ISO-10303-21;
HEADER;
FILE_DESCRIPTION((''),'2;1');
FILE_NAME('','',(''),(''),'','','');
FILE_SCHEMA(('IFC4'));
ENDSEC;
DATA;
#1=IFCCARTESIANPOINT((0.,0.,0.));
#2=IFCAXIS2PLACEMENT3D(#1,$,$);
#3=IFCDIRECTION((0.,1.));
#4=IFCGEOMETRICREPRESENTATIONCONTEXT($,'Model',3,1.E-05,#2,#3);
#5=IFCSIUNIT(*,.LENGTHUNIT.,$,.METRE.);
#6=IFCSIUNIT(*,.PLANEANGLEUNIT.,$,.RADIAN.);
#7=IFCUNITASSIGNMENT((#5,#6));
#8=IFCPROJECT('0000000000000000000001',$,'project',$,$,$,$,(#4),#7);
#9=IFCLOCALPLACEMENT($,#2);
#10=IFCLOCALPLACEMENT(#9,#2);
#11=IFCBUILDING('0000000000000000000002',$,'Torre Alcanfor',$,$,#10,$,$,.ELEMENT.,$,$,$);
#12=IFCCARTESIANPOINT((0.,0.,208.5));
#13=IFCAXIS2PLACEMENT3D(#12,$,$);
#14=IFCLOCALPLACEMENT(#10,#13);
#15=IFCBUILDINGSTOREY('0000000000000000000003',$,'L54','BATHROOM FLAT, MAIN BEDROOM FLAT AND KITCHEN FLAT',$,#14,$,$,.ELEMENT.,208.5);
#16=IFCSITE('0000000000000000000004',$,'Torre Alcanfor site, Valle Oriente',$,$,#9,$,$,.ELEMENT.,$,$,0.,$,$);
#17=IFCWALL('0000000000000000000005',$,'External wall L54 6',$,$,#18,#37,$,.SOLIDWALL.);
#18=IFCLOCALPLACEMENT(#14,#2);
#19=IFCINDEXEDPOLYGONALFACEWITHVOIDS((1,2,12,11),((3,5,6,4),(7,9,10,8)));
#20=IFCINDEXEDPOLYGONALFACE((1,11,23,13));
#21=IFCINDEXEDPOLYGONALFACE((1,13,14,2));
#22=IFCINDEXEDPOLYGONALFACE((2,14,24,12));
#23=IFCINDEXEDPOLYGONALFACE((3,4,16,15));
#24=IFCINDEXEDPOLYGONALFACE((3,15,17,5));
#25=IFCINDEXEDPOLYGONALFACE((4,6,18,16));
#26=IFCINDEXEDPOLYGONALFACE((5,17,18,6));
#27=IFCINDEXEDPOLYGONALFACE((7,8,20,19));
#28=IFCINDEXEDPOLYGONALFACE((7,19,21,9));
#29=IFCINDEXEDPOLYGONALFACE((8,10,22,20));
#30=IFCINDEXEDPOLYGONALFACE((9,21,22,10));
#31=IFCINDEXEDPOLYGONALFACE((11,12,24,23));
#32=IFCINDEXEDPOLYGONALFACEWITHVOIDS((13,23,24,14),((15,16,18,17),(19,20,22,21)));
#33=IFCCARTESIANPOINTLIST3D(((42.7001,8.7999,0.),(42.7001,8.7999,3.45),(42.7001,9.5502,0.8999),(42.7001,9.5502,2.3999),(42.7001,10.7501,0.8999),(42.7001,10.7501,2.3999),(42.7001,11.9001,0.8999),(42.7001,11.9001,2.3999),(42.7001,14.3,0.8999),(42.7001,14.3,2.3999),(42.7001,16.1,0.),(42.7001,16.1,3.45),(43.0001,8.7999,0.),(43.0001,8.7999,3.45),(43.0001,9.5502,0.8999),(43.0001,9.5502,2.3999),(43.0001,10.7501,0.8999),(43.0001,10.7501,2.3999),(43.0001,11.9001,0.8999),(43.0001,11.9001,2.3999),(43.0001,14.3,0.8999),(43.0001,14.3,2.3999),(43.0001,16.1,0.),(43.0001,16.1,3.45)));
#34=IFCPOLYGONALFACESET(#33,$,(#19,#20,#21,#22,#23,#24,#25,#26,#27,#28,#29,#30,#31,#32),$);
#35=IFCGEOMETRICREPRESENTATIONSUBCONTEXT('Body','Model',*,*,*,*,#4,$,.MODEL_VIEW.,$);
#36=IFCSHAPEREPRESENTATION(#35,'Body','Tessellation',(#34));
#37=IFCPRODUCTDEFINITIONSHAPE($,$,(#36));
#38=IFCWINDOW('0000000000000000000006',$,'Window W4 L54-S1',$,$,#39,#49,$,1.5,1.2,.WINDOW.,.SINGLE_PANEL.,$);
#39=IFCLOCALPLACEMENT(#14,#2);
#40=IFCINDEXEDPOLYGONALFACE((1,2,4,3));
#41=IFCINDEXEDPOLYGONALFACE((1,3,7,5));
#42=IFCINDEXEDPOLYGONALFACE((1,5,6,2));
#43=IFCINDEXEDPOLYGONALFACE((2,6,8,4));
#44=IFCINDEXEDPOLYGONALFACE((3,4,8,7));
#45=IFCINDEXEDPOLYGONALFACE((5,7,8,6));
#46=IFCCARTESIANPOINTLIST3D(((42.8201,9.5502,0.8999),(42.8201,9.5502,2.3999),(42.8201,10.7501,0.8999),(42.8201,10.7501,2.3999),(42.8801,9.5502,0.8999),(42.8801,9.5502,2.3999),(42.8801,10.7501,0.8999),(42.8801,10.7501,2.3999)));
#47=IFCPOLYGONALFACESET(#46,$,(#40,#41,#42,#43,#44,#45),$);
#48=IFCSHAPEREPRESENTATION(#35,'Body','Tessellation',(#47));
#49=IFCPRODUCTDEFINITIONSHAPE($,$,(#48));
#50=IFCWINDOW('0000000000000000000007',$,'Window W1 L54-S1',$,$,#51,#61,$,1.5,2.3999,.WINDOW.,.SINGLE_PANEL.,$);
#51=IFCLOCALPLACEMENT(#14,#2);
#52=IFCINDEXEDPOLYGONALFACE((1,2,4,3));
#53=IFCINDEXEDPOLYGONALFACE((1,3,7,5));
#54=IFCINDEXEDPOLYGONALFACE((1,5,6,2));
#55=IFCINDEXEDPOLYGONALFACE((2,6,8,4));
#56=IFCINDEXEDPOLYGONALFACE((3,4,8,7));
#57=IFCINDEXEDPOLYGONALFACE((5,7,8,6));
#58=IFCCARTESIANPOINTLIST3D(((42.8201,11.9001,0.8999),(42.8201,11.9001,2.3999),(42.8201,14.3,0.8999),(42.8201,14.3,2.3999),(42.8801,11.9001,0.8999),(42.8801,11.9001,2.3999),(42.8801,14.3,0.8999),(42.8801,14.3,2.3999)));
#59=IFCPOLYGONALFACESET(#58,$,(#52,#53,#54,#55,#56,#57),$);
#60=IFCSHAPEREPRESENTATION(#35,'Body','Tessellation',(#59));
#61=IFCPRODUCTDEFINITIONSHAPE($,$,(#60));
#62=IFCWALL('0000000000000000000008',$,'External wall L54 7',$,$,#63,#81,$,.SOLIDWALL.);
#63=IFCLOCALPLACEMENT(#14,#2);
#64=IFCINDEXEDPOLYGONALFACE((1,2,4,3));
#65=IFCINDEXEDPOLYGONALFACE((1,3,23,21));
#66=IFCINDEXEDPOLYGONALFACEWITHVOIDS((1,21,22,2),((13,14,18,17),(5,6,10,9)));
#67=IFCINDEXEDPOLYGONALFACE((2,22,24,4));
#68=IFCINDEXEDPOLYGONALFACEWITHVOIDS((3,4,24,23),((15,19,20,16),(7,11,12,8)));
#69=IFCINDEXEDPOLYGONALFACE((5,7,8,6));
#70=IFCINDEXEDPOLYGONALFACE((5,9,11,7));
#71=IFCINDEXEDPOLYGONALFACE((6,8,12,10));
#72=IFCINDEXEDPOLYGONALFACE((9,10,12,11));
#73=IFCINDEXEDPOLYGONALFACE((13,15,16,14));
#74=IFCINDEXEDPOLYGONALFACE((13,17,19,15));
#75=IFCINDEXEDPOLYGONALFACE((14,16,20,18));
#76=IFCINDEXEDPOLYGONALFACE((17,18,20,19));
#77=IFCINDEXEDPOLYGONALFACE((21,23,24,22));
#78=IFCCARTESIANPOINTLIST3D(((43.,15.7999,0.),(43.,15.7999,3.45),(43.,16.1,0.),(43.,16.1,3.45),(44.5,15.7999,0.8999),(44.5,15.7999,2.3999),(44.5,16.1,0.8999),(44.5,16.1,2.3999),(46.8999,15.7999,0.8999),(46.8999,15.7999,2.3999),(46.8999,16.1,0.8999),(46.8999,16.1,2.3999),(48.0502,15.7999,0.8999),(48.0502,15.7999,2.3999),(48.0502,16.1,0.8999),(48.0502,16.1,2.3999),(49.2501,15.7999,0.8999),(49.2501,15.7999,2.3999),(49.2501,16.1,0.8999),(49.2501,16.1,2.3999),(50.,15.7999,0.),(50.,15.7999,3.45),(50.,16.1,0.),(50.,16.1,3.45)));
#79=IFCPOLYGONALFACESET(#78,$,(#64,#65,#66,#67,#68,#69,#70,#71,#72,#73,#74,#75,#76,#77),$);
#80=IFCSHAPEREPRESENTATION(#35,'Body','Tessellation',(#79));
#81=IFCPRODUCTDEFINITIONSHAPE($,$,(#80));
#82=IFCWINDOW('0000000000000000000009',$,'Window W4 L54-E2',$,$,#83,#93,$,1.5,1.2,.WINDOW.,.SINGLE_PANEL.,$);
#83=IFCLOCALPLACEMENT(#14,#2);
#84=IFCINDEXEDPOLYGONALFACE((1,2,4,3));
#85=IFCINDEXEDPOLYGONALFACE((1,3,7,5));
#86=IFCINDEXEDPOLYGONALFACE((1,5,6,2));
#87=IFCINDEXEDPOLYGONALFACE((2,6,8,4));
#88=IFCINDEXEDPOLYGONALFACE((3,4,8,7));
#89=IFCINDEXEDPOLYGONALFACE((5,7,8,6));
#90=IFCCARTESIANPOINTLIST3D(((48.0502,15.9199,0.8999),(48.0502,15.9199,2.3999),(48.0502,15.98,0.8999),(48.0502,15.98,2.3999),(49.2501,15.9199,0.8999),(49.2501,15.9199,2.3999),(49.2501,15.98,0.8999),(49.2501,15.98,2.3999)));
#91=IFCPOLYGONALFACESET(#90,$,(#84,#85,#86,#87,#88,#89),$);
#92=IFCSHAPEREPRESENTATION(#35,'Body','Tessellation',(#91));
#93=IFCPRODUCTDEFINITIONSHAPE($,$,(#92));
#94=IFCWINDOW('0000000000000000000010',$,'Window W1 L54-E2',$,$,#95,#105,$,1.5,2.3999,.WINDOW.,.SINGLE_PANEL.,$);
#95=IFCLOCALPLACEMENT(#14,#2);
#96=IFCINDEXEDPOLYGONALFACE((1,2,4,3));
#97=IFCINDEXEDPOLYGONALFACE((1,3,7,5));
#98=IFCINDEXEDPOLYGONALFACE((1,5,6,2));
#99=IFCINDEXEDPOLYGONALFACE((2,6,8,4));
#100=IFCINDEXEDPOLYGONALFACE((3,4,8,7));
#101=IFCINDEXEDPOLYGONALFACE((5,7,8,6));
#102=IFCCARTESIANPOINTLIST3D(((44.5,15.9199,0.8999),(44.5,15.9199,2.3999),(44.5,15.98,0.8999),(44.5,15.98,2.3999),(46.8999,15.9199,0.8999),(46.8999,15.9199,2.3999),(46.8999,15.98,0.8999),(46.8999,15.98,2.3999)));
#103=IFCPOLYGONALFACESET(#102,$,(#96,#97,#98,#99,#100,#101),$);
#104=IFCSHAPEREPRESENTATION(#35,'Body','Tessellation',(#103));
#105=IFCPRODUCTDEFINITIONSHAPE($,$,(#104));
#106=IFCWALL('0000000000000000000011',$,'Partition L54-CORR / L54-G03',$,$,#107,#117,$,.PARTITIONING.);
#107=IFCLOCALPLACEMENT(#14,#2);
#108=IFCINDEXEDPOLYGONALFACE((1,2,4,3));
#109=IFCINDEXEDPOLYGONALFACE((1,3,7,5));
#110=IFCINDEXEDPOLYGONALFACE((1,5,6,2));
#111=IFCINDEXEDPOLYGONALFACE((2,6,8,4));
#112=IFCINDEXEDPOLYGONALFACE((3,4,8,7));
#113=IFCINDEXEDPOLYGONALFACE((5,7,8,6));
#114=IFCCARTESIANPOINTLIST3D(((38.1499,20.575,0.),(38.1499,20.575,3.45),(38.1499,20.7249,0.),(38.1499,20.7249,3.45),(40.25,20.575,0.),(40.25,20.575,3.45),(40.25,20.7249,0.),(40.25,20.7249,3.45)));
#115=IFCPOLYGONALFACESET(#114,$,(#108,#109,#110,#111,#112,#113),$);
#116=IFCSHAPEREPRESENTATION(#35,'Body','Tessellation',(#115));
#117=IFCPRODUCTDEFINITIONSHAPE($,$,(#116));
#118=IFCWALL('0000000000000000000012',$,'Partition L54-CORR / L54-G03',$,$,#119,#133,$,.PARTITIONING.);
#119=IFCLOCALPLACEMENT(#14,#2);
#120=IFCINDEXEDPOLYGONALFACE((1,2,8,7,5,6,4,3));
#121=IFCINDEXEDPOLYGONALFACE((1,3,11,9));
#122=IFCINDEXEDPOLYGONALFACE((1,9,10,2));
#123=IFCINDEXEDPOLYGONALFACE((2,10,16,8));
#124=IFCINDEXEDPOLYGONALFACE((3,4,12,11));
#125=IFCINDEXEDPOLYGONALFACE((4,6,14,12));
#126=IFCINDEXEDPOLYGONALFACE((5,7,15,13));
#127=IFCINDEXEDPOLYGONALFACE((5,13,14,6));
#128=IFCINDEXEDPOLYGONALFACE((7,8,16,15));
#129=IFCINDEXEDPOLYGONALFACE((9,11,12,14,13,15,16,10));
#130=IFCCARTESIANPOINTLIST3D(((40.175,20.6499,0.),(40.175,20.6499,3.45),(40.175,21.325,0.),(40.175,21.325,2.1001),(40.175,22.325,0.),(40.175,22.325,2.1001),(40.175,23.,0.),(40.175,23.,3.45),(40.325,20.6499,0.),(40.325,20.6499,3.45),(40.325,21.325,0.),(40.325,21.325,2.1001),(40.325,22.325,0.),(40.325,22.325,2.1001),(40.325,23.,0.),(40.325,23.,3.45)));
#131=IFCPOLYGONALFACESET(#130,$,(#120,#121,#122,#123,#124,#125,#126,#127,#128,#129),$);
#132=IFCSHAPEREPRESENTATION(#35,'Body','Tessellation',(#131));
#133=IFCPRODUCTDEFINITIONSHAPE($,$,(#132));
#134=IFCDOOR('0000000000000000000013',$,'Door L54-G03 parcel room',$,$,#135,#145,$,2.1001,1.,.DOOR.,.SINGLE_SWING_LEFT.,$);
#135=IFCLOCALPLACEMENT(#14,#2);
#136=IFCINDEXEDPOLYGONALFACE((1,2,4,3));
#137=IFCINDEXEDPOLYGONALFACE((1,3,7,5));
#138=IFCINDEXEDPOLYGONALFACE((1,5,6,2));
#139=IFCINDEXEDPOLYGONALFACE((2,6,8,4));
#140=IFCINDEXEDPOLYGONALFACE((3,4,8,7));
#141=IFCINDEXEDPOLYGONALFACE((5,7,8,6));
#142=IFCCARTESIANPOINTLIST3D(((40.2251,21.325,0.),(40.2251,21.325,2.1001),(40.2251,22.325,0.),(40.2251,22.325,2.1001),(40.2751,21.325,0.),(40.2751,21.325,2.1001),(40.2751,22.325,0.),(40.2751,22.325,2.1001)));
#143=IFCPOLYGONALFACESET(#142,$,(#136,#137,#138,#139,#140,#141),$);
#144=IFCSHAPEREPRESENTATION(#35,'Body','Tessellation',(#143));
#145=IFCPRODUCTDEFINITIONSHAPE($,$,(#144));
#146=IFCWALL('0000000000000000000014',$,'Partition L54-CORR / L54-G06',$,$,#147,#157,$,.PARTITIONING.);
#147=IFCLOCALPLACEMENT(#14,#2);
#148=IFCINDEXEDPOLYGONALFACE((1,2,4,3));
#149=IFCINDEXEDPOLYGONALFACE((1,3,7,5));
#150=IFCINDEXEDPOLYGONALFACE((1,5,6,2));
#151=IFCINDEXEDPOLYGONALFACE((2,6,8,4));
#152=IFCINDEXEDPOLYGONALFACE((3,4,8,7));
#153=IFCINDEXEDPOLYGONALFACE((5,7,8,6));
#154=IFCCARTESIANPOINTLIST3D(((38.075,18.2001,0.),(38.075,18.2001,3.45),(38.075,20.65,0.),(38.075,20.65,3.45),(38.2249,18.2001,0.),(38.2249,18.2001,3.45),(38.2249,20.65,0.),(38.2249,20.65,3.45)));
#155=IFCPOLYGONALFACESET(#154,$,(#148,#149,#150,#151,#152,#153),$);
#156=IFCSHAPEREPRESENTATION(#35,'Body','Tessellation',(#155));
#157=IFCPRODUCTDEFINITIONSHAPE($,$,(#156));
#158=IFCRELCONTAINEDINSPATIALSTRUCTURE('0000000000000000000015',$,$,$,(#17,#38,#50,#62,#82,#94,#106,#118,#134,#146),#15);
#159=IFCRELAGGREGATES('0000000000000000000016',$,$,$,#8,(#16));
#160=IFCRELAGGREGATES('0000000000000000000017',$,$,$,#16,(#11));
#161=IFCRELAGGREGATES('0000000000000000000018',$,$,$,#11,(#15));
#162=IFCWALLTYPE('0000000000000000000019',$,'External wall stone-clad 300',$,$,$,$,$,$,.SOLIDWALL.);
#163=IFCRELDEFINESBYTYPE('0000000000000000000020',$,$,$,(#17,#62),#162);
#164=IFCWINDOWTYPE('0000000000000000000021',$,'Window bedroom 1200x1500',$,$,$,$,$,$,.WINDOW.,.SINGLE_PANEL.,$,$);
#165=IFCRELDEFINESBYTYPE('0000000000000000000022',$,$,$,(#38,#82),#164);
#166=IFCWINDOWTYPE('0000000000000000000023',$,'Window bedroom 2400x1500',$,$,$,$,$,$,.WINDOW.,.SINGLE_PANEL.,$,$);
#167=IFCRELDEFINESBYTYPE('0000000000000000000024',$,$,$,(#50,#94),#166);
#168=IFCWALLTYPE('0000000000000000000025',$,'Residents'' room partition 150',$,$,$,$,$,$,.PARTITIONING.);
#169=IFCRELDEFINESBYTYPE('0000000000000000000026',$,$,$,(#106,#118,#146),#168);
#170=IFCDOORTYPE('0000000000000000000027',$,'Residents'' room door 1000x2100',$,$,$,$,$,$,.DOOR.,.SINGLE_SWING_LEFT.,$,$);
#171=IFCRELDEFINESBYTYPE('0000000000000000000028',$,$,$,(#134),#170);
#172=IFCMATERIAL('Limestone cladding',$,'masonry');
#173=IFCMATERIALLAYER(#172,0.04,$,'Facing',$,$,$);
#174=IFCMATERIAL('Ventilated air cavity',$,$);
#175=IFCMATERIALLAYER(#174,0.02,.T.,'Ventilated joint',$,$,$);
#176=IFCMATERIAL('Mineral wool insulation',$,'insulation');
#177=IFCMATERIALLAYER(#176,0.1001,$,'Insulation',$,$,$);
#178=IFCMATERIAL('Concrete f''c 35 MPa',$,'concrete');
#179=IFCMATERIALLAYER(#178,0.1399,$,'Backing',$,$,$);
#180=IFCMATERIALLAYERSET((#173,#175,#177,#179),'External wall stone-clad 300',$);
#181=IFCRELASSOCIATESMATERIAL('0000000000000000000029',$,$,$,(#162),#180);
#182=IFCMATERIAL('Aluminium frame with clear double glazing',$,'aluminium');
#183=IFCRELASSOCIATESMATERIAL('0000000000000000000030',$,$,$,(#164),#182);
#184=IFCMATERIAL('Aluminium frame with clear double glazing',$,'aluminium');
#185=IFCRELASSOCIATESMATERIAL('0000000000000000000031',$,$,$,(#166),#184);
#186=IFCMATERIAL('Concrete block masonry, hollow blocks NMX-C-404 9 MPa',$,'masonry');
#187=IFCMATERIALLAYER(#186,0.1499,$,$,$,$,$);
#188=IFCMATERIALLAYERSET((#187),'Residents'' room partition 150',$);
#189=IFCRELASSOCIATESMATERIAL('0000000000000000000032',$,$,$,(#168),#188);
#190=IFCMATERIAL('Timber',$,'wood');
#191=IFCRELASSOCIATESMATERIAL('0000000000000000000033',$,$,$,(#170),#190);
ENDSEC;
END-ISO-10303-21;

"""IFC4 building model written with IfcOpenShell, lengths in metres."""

from ifc_helpers import new_model, si_unit, direction, frame, frame_2d, origin, place, context, subcontext, project, spatial, rectangle, extrude, material, layer, layer_set, type_object, element, fill, save


model = new_model("IFC4")

# Units and contexts
model_context = context("Model", 3, precision=1e-05, world=origin(), true_north=direction((0.0, 1.0)))
body_context = subcontext(model_context, "Body", "Model", "MODEL_VIEW")
ifc_project = project(units=[si_unit("LENGTHUNIT", "METRE"), si_unit("PLANEANGLEUNIT", "RADIAN")], contexts=[model_context])

# Site, building, storey
site_placement = place(None, origin())
site = spatial("IfcSite", under=ifc_project, at=site_placement, Name="Torre Alcanfor site, Valle Oriente", CompositionType="ELEMENT", RefElevation=0.0)
building_placement = place(site_placement, origin())
building = spatial("IfcBuilding", under=site, at=building_placement, Name="Torre Alcanfor", CompositionType="ELEMENT")
storey_placement = place(building_placement, frame((0.0, 0.0, 208.5)))
storey = spatial("IfcBuildingStorey", under=building, at=storey_placement, Name="L54", Description="BATHROOM FLAT, MAIN BEDROOM FLAT AND KITCHEN FLAT", CompositionType="ELEMENT", Elevation=208.5)

# Walls, openings, windows
ifc_material_1 = material(Name="Limestone cladding", Category="masonry")
ifc_layer_1 = layer(ifc_material_1, 0.04, Name="Facing")
ifc_material_2 = material(Name="Ventilated air cavity")
ifc_layer_2 = layer(ifc_material_2, 0.02, ventilated=True, Name="Ventilated joint")
ifc_material_3 = material(Name="Mineral wool insulation", Category="insulation")
ifc_layer_3 = layer(ifc_material_3, 0.1001, Name="Insulation")
ifc_material_4 = material(Name="Concrete f'c 35 MPa", Category="concrete")
ifc_layer_4 = layer(ifc_material_4, 0.1399, Name="Backing")
ifc_layer_set_1 = layer_set([ifc_layer_1, ifc_layer_2, ifc_layer_3, ifc_layer_4], Name="External wall stone-clad 300")
wall_type_1 = type_object("IfcWallType", Name="External wall stone-clad 300", PredefinedType="SOLIDWALL", material=ifc_layer_set_1)
wall_1_placement = place(storey_placement, frame((42.8501, 8.8, 0.0), z_axis=(0.0, 0.0, 1.0), x_axis=(0.0, 1.0, 0.0)))
wall_1 = element("IfcWall", 1, at=wall_1_placement, inside=storey, type_object=wall_type_1, Name="External wall L54 6", PredefinedType="SOLIDWALL", context=body_context, shape_type="SweptSolid", body=[
    extrude(rectangle(XDim=7.3, YDim=0.3, at=frame_2d((3.6499, 0.0))), origin(), (0.0, 0.0, 1.0), 3.45),
])
opening_1_placement = place(wall_1_placement, frame((3.1001, 0.0, 0.8999)))
opening_1 = element("IfcOpeningElement", 2, at=opening_1_placement, cuts=wall_1, PredefinedType="OPENING", context=body_context, shape_type="SweptSolid", body=[
    extrude(rectangle(XDim=2.3999, YDim=1.5, at=frame_2d((1.2, 0.75))), frame((0.0, 0.1599, 0.0), z_axis=(0.0, -1.0, 0.0), x_axis=(1.0, 0.0, 0.0)), (0.0, 0.0, 1.0), 0.3201),
])
opening_2_placement = place(wall_1_placement, frame((0.75, 0.0, 0.8999)))
opening_2 = element("IfcOpeningElement", 3, at=opening_2_placement, cuts=wall_1, PredefinedType="OPENING", context=body_context, shape_type="SweptSolid", body=[
    extrude(rectangle(XDim=1.2, YDim=1.5, at=frame_2d((0.6001, 0.75))), frame((0.0, 0.1599, 0.0), z_axis=(0.0, -1.0, 0.0), x_axis=(1.0, 0.0, 0.0)), (0.0, 0.0, 1.0), 0.3201),
])
ifc_material_5 = material(Name="Aluminium frame with clear double glazing", Category="aluminium")
window_type_1 = type_object("IfcWindowType", Name="Window bedroom 1200x1500", PartitioningType="SINGLE_PANEL", PredefinedType="WINDOW", material=ifc_material_5)
window_1_placement = place(opening_2_placement, origin())
window_1 = element("IfcWindow", 4, at=window_1_placement, inside=storey, type_object=window_type_1, Name="Window W4 L54-S1", OverallHeight=1.5, OverallWidth=1.2, PartitioningType="SINGLE_PANEL", PredefinedType="WINDOW", context=body_context, shape_type="SweptSolid", body=[
    extrude(rectangle(XDim=1.2, YDim=1.5, at=frame_2d((0.6001, 0.75))), frame((0.0, 0.03, 0.0), z_axis=(0.0, -1.0, 0.0), x_axis=(1.0, 0.0, 0.0)), (0.0, 0.0, 1.0), 0.0601),
])
fill(opening_2, window_1)
ifc_material_6 = material(Name="Aluminium frame with clear double glazing", Category="aluminium")
window_type_2 = type_object("IfcWindowType", Name="Window bedroom 2400x1500", PartitioningType="SINGLE_PANEL", PredefinedType="WINDOW", material=ifc_material_6)
window_2_placement = place(opening_1_placement, origin())
window_2 = element("IfcWindow", 5, at=window_2_placement, inside=storey, type_object=window_type_2, Name="Window W1 L54-S1", OverallHeight=1.5, OverallWidth=2.3999, PartitioningType="SINGLE_PANEL", PredefinedType="WINDOW", context=body_context, shape_type="SweptSolid", body=[
    extrude(rectangle(XDim=2.3999, YDim=1.5, at=frame_2d((1.2, 0.75))), frame((0.0, 0.03, 0.0), z_axis=(0.0, -1.0, 0.0), x_axis=(1.0, 0.0, 0.0)), (0.0, 0.0, 1.0), 0.0601),
])
fill(opening_1, window_2)
wall_2_placement = place(storey_placement, frame((43.0, 15.95, 0.0), z_axis=(0.0, 0.0, 1.0), x_axis=(1.0, 0.0, 0.0)))
wall_2 = element("IfcWall", 6, at=wall_2_placement, inside=storey, type_object=wall_type_1, Name="External wall L54 7", PredefinedType="SOLIDWALL", context=body_context, shape_type="SweptSolid", body=[
    extrude(rectangle(XDim=7.0, YDim=0.3, at=frame_2d((3.5, 0.0))), origin(), (0.0, 0.0, 1.0), 3.45),
])
opening_3_placement = place(wall_2_placement, frame((1.5, 0.0, 0.8999)))
opening_3 = element("IfcOpeningElement", 7, at=opening_3_placement, cuts=wall_2, PredefinedType="OPENING", context=body_context, shape_type="SweptSolid", body=[
    extrude(rectangle(XDim=2.3999, YDim=1.5, at=frame_2d((1.2, 0.75))), frame((0.0, 0.1599, 0.0), z_axis=(0.0, -1.0, 0.0), x_axis=(1.0, 0.0, 0.0)), (0.0, 0.0, 1.0), 0.3201),
])
opening_4_placement = place(wall_2_placement, frame((5.05, 0.0, 0.8999)))
opening_4 = element("IfcOpeningElement", 8, at=opening_4_placement, cuts=wall_2, PredefinedType="OPENING", context=body_context, shape_type="SweptSolid", body=[
    extrude(rectangle(XDim=1.2, YDim=1.5, at=frame_2d((0.6001, 0.75))), frame((0.0, 0.1599, 0.0), z_axis=(0.0, -1.0, 0.0), x_axis=(1.0, 0.0, 0.0)), (0.0, 0.0, 1.0), 0.3201),
])
window_3_placement = place(opening_4_placement, origin())
window_3 = element("IfcWindow", 9, at=window_3_placement, inside=storey, type_object=window_type_1, Name="Window W4 L54-E2", OverallHeight=1.5, OverallWidth=1.2, PartitioningType="SINGLE_PANEL", PredefinedType="WINDOW", context=body_context, shape_type="SweptSolid", body=[
    extrude(rectangle(XDim=1.2, YDim=1.5, at=frame_2d((0.6001, 0.75))), frame((0.0, 0.03, 0.0), z_axis=(0.0, -1.0, 0.0), x_axis=(1.0, 0.0, 0.0)), (0.0, 0.0, 1.0), 0.0601),
])
fill(opening_4, window_3)
window_4_placement = place(opening_3_placement, origin())
window_4 = element("IfcWindow", 10, at=window_4_placement, inside=storey, type_object=window_type_2, Name="Window W1 L54-E2", OverallHeight=1.5, OverallWidth=2.3999, PartitioningType="SINGLE_PANEL", PredefinedType="WINDOW", context=body_context, shape_type="SweptSolid", body=[
    extrude(rectangle(XDim=2.3999, YDim=1.5, at=frame_2d((1.2, 0.75))), frame((0.0, 0.03, 0.0), z_axis=(0.0, -1.0, 0.0), x_axis=(1.0, 0.0, 0.0)), (0.0, 0.0, 1.0), 0.0601),
])
fill(opening_3, window_4)

# Wall
ifc_material_7 = material(Name="Concrete block masonry, hollow blocks NMX-C-404 9 MPa", Category="masonry")
ifc_layer_5 = layer(ifc_material_7, 0.1499)
ifc_layer_set_2 = layer_set([ifc_layer_5], Name="Residents' room partition 150")
wall_type_2 = type_object("IfcWallType", Name="Residents' room partition 150", PredefinedType="PARTITIONING", material=ifc_layer_set_2)
wall_3_placement = place(storey_placement, frame((38.1499, 20.6499, 0.0), z_axis=(0.0, 0.0, 1.0), x_axis=(1.0, 0.0, 0.0)))
element("IfcWall", 11, at=wall_3_placement, inside=storey, type_object=wall_type_2, Name="Partition L54-CORR / L54-G03", PredefinedType="PARTITIONING", context=body_context, shape_type="SweptSolid", body=[
    extrude(rectangle(XDim=2.1001, YDim=0.1499, at=frame_2d((1.05, 0.0))), origin(), (0.0, 0.0, 1.0), 3.45),
])

# Wall, opening, door
wall_4_placement = place(storey_placement, frame((40.25, 20.6499, 0.0), z_axis=(0.0, 0.0, 1.0), x_axis=(0.0, 1.0, 0.0)))
wall_4 = element("IfcWall", 12, at=wall_4_placement, inside=storey, type_object=wall_type_2, Name="Partition L54-CORR / L54-G03", PredefinedType="PARTITIONING", context=body_context, shape_type="SweptSolid", body=[
    extrude(rectangle(XDim=2.3501, YDim=0.1499, at=frame_2d((1.175, 0.0))), origin(), (0.0, 0.0, 1.0), 3.45),
])
opening_5_placement = place(wall_4_placement, frame((0.675, 0.0, 0.0)))
opening_5 = element("IfcOpeningElement", 13, at=opening_5_placement, cuts=wall_4, PredefinedType="OPENING", context=body_context, shape_type="SweptSolid", body=[
    extrude(rectangle(XDim=1.0, YDim=2.1001, at=frame_2d((0.5, 1.05))), frame((0.0, 0.085, 0.0), z_axis=(0.0, -1.0, 0.0), x_axis=(1.0, 0.0, 0.0)), (0.0, 0.0, 1.0), 0.1699),
])
ifc_material_8 = material(Name="Timber", Category="wood")
door_type = type_object("IfcDoorType", Name="Residents' room door 1000x2100", OperationType="SINGLE_SWING_LEFT", PredefinedType="DOOR", material=ifc_material_8)
door_placement = place(opening_5_placement, origin())
door = element("IfcDoor", 14, at=door_placement, inside=storey, type_object=door_type, Name="Door L54-G03 parcel room", OperationType="SINGLE_SWING_LEFT", OverallHeight=2.1001, OverallWidth=1.0, PredefinedType="DOOR", context=body_context, shape_type="SweptSolid", body=[
    extrude(rectangle(XDim=1.0, YDim=2.1001, at=frame_2d((0.5, 1.05))), frame((0.0, 0.0249, 0.0), z_axis=(0.0, -1.0, 0.0), x_axis=(1.0, 0.0, 0.0)), (0.0, 0.0, 1.0), 0.05),
])
fill(opening_5, door)

# Wall
wall_5_placement = place(storey_placement, frame((38.1499, 18.2, 0.0), z_axis=(0.0, 0.0, 1.0), x_axis=(0.0, 1.0, 0.0)))
element("IfcWall", 15, at=wall_5_placement, inside=storey, type_object=wall_type_2, Name="Partition L54-CORR / L54-G06", PredefinedType="PARTITIONING", context=body_context, shape_type="SweptSolid", body=[
    extrude(rectangle(XDim=2.45, YDim=0.1499, at=frame_2d((1.2251, 0.0))), origin(), (0.0, 0.0, 1.0), 3.45),
])

save(model, "model.ifc")
